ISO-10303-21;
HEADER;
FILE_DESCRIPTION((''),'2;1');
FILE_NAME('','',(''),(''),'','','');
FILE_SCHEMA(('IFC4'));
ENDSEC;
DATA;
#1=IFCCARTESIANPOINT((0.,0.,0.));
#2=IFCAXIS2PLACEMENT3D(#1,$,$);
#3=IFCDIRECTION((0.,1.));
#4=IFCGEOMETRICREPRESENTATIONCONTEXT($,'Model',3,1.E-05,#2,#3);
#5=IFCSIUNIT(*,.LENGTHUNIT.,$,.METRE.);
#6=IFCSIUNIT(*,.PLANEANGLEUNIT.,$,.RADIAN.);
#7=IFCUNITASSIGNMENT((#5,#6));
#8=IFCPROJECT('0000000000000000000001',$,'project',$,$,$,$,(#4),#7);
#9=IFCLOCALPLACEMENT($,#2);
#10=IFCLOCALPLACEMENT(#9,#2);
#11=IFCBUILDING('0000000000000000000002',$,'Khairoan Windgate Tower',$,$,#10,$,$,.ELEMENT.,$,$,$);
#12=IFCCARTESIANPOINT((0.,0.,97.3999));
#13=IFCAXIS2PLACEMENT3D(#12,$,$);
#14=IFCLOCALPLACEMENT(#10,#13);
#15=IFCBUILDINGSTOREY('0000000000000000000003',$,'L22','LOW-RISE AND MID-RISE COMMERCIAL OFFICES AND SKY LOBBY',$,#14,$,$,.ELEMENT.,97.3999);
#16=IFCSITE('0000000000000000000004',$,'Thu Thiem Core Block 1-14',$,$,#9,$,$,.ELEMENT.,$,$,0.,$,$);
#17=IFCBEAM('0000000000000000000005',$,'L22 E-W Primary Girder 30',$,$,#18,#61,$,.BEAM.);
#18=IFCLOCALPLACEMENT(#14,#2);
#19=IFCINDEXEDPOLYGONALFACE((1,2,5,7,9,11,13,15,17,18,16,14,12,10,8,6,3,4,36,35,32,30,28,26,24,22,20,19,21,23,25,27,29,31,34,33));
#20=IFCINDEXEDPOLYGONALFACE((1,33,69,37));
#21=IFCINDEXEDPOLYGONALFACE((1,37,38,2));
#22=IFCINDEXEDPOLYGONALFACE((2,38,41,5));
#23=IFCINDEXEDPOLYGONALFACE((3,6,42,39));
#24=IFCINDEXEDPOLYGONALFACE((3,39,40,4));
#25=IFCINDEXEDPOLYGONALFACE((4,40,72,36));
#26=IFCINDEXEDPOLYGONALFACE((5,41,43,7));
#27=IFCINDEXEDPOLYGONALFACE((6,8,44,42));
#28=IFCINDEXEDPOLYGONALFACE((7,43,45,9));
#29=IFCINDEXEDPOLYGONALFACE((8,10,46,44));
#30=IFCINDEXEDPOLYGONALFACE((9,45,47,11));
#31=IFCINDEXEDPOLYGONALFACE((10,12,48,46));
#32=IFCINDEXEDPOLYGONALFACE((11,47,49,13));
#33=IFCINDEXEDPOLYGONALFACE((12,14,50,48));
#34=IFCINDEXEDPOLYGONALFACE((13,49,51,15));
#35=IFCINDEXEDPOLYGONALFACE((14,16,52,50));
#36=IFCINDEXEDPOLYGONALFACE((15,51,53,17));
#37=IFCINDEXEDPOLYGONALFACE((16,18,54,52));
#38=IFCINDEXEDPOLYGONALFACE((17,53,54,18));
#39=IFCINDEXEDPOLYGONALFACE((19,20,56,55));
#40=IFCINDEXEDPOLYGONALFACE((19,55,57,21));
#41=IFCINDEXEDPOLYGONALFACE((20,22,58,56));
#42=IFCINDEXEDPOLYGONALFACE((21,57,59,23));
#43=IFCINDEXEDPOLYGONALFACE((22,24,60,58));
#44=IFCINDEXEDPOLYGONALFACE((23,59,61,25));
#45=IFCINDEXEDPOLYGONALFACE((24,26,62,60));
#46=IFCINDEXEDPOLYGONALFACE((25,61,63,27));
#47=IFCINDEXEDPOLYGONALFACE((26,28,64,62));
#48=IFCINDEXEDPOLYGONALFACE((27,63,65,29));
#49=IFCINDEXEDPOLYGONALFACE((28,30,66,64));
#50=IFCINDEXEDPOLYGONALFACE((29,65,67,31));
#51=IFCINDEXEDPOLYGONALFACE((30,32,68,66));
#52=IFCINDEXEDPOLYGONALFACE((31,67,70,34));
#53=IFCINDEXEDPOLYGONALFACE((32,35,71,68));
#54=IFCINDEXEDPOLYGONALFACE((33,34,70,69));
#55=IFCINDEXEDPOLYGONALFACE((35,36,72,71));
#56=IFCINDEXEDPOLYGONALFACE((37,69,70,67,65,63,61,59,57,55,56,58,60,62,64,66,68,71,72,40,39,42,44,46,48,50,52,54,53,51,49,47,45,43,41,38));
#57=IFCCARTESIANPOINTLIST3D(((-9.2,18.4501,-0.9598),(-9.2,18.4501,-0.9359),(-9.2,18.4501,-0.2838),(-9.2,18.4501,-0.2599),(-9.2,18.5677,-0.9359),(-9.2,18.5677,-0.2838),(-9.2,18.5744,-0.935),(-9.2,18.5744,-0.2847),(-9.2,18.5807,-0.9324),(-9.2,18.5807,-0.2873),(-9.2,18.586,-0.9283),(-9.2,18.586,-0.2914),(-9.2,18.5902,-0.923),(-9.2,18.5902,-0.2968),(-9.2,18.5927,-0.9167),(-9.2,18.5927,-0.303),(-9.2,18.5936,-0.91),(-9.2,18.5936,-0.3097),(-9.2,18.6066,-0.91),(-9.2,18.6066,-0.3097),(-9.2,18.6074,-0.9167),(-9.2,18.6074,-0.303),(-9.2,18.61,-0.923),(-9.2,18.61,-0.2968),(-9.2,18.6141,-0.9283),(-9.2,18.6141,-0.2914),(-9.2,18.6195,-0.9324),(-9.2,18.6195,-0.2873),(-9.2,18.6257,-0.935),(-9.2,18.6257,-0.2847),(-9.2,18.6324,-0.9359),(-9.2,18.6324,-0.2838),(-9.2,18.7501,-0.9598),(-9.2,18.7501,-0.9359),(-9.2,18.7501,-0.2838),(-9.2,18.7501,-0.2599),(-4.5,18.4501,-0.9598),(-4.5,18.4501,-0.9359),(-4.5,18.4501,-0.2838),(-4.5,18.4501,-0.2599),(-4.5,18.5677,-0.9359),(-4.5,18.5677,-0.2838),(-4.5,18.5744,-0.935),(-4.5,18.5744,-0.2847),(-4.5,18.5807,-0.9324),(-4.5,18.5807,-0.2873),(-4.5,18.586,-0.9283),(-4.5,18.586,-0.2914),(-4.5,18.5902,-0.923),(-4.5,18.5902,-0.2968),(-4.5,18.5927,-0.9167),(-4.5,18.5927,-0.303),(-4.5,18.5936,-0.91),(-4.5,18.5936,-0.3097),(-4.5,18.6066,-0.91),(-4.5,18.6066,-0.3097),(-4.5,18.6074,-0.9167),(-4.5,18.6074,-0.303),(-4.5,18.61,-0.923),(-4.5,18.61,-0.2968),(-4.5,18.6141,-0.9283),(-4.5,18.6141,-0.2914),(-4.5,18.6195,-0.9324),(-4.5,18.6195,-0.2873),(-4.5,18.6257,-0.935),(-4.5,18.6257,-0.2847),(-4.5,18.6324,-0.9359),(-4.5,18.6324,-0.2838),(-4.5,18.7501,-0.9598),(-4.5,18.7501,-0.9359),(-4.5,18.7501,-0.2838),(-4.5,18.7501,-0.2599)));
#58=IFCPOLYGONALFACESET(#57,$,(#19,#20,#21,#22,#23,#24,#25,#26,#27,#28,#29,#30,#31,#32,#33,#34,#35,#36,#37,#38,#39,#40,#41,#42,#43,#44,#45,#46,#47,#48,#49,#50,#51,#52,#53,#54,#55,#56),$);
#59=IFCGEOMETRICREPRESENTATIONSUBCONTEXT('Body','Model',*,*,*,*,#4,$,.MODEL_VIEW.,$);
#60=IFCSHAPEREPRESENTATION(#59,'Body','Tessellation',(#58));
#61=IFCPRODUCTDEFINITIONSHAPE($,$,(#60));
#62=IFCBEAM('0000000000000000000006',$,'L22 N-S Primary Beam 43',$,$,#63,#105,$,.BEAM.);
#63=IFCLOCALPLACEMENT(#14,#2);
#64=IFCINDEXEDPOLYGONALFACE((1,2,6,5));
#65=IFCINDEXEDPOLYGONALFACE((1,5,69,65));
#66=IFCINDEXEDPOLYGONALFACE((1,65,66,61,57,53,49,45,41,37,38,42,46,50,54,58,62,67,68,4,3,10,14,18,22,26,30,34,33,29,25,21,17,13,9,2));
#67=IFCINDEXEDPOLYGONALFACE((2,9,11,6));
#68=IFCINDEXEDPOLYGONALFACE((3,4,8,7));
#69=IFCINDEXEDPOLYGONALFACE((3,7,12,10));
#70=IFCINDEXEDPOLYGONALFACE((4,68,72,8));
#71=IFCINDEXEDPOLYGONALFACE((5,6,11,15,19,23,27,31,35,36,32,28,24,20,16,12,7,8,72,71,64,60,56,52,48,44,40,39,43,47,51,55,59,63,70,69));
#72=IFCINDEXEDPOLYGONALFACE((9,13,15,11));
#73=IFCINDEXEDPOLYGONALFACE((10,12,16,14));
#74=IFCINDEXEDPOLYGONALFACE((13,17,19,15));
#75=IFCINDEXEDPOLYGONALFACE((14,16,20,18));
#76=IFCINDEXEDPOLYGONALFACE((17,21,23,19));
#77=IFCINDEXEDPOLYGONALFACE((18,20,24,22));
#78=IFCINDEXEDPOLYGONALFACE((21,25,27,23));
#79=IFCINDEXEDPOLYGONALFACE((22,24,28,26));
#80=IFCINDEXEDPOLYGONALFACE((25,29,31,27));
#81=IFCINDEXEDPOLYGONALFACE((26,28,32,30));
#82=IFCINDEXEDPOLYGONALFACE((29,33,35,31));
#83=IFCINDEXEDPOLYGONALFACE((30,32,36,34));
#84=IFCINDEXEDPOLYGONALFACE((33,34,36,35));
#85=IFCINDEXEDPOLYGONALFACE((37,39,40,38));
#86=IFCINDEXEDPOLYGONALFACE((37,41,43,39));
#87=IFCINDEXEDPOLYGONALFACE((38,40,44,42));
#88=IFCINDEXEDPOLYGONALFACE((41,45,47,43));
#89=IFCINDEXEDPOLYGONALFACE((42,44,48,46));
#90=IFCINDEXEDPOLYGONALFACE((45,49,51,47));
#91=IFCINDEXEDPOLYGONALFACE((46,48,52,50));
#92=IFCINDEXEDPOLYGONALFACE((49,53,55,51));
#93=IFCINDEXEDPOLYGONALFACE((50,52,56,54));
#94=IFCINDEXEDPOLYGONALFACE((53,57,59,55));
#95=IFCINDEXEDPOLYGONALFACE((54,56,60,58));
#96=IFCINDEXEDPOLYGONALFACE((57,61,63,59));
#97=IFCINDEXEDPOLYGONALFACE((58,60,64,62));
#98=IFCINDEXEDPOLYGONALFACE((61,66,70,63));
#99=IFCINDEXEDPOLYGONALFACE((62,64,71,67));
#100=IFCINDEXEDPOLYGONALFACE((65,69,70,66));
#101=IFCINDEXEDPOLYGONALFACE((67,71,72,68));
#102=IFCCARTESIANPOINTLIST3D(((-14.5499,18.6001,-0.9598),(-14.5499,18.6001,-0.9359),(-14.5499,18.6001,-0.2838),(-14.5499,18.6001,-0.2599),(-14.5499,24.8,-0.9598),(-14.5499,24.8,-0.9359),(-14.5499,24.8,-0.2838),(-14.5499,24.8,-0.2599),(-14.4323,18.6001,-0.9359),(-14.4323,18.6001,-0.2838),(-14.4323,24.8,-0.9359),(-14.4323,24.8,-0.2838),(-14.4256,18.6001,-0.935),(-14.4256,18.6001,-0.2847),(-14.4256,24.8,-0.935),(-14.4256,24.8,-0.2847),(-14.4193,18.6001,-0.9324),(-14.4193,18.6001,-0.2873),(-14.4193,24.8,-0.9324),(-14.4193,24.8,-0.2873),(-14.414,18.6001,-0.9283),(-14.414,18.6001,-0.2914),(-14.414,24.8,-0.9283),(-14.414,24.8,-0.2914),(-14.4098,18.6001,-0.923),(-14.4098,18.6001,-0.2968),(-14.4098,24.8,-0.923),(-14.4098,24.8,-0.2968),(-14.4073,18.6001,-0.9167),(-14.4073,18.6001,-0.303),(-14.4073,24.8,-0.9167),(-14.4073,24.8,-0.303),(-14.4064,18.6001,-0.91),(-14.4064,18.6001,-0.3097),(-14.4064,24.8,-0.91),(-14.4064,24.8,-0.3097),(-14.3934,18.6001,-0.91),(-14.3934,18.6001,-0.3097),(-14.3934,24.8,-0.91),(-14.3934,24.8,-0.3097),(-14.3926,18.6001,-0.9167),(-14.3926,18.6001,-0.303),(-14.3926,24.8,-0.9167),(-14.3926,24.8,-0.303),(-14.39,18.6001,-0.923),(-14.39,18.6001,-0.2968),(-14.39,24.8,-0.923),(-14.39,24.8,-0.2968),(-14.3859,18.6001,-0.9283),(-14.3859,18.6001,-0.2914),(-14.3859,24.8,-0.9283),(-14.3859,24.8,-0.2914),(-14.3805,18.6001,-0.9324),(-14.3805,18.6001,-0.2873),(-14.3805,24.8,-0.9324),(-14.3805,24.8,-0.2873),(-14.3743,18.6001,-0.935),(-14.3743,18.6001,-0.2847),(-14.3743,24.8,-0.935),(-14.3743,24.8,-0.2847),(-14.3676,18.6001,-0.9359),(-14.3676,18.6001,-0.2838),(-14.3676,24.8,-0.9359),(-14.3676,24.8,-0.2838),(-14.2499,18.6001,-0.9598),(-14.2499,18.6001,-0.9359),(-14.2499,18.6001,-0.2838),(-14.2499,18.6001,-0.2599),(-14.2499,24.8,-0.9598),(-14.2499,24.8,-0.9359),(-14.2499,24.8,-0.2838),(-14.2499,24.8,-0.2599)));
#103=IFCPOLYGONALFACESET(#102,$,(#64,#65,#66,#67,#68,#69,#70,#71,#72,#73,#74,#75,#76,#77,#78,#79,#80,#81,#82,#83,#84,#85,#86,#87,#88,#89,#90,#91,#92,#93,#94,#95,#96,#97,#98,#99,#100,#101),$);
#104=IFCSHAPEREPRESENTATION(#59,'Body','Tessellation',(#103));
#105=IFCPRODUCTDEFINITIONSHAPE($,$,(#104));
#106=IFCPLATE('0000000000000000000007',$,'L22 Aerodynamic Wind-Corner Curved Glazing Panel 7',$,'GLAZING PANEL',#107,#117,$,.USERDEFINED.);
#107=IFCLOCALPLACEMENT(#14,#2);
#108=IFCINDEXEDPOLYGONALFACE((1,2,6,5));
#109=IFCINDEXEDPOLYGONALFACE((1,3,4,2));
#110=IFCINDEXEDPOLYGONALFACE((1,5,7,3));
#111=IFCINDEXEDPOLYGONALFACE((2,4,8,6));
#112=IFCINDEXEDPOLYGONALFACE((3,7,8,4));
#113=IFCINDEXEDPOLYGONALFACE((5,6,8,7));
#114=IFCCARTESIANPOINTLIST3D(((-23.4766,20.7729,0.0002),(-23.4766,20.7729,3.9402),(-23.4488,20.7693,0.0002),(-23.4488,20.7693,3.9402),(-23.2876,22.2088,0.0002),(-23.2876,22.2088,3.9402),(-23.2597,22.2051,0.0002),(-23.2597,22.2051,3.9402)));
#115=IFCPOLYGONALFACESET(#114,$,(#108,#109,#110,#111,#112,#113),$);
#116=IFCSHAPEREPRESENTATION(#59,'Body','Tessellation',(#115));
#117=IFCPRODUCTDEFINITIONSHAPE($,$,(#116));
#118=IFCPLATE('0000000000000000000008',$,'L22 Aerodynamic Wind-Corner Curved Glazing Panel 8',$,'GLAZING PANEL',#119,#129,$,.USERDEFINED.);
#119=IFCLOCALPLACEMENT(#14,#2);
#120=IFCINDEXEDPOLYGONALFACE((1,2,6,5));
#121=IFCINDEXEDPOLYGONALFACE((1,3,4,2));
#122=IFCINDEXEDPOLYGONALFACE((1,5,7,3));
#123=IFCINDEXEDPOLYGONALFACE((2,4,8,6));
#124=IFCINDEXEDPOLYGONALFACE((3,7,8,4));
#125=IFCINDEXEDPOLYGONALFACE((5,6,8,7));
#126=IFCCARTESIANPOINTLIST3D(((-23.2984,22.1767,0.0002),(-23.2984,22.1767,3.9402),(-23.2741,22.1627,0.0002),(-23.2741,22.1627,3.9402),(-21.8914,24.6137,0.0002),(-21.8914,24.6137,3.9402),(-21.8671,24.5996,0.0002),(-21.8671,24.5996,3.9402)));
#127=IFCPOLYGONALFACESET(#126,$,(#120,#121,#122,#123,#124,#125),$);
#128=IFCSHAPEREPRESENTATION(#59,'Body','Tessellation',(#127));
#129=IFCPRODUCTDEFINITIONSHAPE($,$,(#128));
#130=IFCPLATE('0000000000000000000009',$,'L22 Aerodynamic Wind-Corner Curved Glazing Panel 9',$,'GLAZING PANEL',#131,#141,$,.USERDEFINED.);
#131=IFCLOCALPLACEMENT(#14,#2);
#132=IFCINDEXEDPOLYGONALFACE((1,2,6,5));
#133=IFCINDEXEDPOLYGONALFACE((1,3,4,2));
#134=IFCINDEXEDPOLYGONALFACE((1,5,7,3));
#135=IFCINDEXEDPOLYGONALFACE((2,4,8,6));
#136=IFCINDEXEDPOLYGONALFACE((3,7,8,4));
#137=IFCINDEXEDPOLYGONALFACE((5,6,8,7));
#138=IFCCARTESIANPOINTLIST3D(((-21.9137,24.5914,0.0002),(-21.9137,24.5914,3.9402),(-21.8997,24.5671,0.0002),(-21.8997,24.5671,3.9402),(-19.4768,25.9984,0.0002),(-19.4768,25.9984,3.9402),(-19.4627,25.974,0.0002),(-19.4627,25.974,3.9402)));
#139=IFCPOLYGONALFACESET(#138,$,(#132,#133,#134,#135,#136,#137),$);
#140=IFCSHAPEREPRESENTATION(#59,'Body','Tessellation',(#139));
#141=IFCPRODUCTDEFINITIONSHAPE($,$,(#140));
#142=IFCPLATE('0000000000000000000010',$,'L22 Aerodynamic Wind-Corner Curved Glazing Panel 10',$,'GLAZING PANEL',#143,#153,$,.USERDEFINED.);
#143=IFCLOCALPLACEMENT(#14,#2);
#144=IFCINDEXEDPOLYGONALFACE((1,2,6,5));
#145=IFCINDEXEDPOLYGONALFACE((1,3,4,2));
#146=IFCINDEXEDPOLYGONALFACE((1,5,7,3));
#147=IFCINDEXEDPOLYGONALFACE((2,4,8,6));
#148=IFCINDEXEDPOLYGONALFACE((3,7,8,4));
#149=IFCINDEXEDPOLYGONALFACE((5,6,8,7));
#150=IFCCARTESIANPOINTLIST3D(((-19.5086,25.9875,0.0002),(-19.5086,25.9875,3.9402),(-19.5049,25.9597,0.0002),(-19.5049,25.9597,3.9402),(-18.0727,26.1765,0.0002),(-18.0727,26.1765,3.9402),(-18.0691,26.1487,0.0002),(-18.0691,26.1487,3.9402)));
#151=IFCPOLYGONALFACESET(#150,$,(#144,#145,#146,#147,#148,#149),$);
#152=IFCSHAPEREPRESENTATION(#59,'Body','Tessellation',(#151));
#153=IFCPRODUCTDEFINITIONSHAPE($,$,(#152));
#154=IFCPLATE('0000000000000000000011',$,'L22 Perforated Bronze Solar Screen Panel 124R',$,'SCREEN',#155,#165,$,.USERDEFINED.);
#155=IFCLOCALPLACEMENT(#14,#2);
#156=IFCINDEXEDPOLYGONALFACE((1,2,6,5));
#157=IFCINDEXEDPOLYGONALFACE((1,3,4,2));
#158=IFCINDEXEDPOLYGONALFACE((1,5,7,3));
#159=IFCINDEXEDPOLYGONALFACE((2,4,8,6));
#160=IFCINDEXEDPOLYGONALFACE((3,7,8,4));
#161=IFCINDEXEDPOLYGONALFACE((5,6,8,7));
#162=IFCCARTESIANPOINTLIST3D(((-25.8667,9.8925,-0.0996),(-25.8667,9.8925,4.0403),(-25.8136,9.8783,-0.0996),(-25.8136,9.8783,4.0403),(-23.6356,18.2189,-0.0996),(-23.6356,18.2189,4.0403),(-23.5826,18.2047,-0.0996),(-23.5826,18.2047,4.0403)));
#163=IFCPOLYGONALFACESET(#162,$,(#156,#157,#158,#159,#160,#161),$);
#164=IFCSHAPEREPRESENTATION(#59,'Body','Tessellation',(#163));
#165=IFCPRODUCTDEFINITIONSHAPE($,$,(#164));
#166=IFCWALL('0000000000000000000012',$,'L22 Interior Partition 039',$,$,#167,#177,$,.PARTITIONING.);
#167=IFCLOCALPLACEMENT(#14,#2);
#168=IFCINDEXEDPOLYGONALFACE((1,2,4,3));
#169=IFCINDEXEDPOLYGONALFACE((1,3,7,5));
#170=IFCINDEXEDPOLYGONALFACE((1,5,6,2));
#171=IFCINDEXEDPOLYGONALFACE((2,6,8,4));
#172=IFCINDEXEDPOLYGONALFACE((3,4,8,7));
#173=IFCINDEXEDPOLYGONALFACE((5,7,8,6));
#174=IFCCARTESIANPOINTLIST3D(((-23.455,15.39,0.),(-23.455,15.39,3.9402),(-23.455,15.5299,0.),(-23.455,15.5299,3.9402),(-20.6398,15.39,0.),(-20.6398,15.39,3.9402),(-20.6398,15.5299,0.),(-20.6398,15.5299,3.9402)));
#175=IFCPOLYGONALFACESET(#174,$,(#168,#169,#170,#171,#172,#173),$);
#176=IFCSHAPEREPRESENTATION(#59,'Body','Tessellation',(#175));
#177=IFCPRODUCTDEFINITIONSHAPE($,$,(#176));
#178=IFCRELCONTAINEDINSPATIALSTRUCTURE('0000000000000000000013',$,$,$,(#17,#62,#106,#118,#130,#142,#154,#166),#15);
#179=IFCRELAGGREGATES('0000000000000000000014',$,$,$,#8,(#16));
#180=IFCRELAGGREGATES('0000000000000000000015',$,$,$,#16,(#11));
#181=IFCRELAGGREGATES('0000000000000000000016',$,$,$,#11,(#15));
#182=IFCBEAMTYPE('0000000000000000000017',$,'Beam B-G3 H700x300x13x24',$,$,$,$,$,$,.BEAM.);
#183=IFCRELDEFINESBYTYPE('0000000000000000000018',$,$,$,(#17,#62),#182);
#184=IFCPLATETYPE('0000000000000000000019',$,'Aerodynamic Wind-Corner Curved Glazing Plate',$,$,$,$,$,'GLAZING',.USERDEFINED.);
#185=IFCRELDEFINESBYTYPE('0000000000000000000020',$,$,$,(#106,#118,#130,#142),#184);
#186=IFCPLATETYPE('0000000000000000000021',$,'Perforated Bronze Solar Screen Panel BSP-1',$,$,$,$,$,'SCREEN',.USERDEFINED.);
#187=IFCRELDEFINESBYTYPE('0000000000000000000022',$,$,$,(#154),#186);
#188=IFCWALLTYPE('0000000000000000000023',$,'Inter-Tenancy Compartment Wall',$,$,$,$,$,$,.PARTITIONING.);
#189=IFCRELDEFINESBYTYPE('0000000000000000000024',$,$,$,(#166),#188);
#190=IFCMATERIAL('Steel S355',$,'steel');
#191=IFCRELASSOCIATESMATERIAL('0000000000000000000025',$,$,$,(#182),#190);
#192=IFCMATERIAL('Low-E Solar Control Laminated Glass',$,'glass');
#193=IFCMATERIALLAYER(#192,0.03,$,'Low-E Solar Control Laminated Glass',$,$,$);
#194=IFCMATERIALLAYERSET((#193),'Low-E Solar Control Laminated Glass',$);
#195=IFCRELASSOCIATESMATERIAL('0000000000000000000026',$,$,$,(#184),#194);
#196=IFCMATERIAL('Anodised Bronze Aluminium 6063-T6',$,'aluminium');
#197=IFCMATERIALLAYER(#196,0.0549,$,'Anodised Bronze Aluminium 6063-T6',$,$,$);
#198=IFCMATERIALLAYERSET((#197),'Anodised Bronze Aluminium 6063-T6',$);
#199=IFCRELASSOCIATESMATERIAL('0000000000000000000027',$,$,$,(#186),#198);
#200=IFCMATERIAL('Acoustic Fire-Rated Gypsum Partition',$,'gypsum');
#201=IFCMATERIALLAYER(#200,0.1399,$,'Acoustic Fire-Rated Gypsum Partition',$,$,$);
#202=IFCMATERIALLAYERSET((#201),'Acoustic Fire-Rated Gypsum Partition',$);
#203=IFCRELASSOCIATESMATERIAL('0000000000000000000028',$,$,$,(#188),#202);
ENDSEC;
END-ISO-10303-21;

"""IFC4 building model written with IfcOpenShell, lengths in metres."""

from ifc_helpers import new_model, si_unit, direction, frame, frame_2d, origin, origin_2d, place, context, subcontext, project, spatial, rectangle, i_section, extrude, material, layer, layer_set, material_profile, profile_set, type_object, element, save


model = new_model("IFC4")

# Units and contexts
model_context = context("Model", 3, precision=1e-05, world=origin(), true_north=direction((0.0, 1.0)))
body_context = subcontext(model_context, "Body", "Model", "MODEL_VIEW")
ifc_project = project(units=[si_unit("LENGTHUNIT", "METRE"), si_unit("PLANEANGLEUNIT", "RADIAN")], contexts=[model_context])

# Site, building, storey
site_placement = place(None, origin())
site = spatial("IfcSite", under=ifc_project, at=site_placement, Name="Thu Thiem Core Block 1-14", CompositionType="ELEMENT", RefElevation=0.0)
building_placement = place(site_placement, origin())
building = spatial("IfcBuilding", under=site, at=building_placement, Name="Khairoan Windgate Tower", CompositionType="ELEMENT")
storey_placement = place(building_placement, frame((0.0, 0.0, 97.3999)))
storey = spatial("IfcBuildingStorey", under=building, at=storey_placement, Name="L22", Description="LOW-RISE AND MID-RISE COMMERCIAL OFFICES AND SKY LOBBY", CompositionType="ELEMENT", Elevation=97.3999)

# Beams
ifc_material_1 = material(Name="Steel S355", Category="steel")
ifc_material_profile_1 = material_profile(ifc_material_1, i_section(OverallWidth=0.3, OverallDepth=0.7, WebThickness=0.0129, FlangeThickness=0.0239, FilletRadius=0.0259, at=origin_2d()))
ifc_profile_set_1 = profile_set([ifc_material_profile_1], Name="Steel S355")
beam_type = type_object("IfcBeamType", Name="Beam B-G3 H700x300x13x24", PredefinedType="BEAM", material=ifc_profile_set_1)
beam_1_placement = place(storey_placement, frame((-9.2, 18.6001, -0.6099), z_axis=(1.0, 0.0, 0.0), x_axis=(0.0, 1.0, 0.0)))
element("IfcBeam", 1, at=beam_1_placement, inside=storey, type_object=beam_type, Name="L22 E-W Primary Girder 30", PredefinedType="BEAM", context=body_context, shape_type="SweptSolid", body=[
    extrude(i_section(OverallWidth=0.3, OverallDepth=0.7, WebThickness=0.0129, FlangeThickness=0.0239, FilletRadius=0.0259, at=origin_2d()), origin(), (0.0, 0.0, 1.0), 4.7),
])
beam_2_placement = place(storey_placement, frame((-14.3999, 18.6001, -0.6099), z_axis=(0.0, 1.0, 0.0), x_axis=(-1.0, 0.0, 0.0)))
element("IfcBeam", 2, at=beam_2_placement, inside=storey, type_object=beam_type, Name="L22 N-S Primary Beam 43", PredefinedType="BEAM", context=body_context, shape_type="SweptSolid", body=[
    extrude(i_section(OverallWidth=0.3, OverallDepth=0.7, WebThickness=0.0129, FlangeThickness=0.0239, FilletRadius=0.0259, at=origin_2d()), origin(), (0.0, 0.0, 1.0), 6.2),
])

# Plates
ifc_material_2 = material(Name="Low-E Solar Control Laminated Glass", Category="glass")
ifc_layer_1 = layer(ifc_material_2, 0.03, Name="Low-E Solar Control Laminated Glass")
ifc_layer_set_1 = layer_set([ifc_layer_1], Name="Low-E Solar Control Laminated Glass")
plate_type_1 = type_object("IfcPlateType", Name="Aerodynamic Wind-Corner Curved Glazing Plate", ElementType="GLAZING", PredefinedType="USERDEFINED", material=ifc_layer_set_1)
plate_1_placement = place(storey_placement, frame((-23.3682, 21.489, 0.0002), z_axis=(0.0, 0.0, 1.0), x_axis=(0.130526, 0.991445, 0.0)))
element("IfcPlate", 3, at=plate_1_placement, inside=storey, type_object=plate_type_1, Name="L22 Aerodynamic Wind-Corner Curved Glazing Panel 7", ObjectType="GLAZING PANEL", PredefinedType="USERDEFINED", context=body_context, shape_type="SweptSolid", body=[
    extrude(rectangle(XDim=1.4482, YDim=0.0281, at=origin_2d()), origin(), (0.0, 0.0, 1.0), 3.9399),
])
for number, where, z_axis, x_axis, name in (
    (4, (-22.5828, 23.3882, 0.0002), (0.0, 0.0, 1.0), (0.5, 0.866025, 0.0), "L22 Aerodynamic Wind-Corner Curved Glazing Panel 8"),
    (5, (-20.6882, 25.2827, 0.0002), (0.0, 0.0, 1.0), (0.866025, 0.5, 0.0), "L22 Aerodynamic Wind-Corner Curved Glazing Panel 9"),
):
    element("IfcPlate", number, at=place(storey_placement, frame(where, z_axis=z_axis, x_axis=x_axis)), inside=storey, type_object=plate_type_1, Name=name, ObjectType="GLAZING PANEL", PredefinedType="USERDEFINED", context=body_context, shape_type="SweptSolid", body=[
        extrude(rectangle(XDim=2.814, YDim=0.0281, at=origin_2d()), origin(), (0.0, 0.0, 1.0), 3.9399),
    ])
plate_2_placement = place(storey_placement, frame((-18.7888, 26.0681, 0.0002), z_axis=(0.0, 0.0, 1.0), x_axis=(0.991445, 0.130526, 0.0)))
element("IfcPlate", 6, at=plate_2_placement, inside=storey, type_object=plate_type_1, Name="L22 Aerodynamic Wind-Corner Curved Glazing Panel 10", ObjectType="GLAZING PANEL", PredefinedType="USERDEFINED", context=body_context, shape_type="SweptSolid", body=[
    extrude(rectangle(XDim=1.4482, YDim=0.0281, at=origin_2d()), origin(), (0.0, 0.0, 1.0), 3.9399),
])

# Plate
ifc_material_3 = material(Name="Anodised Bronze Aluminium 6063-T6", Category="aluminium")
ifc_layer_2 = layer(ifc_material_3, 0.0549, Name="Anodised Bronze Aluminium 6063-T6")
ifc_layer_set_2 = layer_set([ifc_layer_2], Name="Anodised Bronze Aluminium 6063-T6")
plate_type_2 = type_object("IfcPlateType", Name="Perforated Bronze Solar Screen Panel BSP-1", ElementType="SCREEN", PredefinedType="USERDEFINED", material=ifc_layer_set_2)
plate_3_placement = place(storey_placement, frame((-24.7246, 14.0486, -0.0996), z_axis=(0.0, 0.0, 1.0), x_axis=(0.258819, 0.965926, 0.0)))
element("IfcPlate", 7, at=plate_3_placement, inside=storey, type_object=plate_type_2, Name="L22 Perforated Bronze Solar Screen Panel 124R", ObjectType="SCREEN", PredefinedType="USERDEFINED", context=body_context, shape_type="SweptSolid", body=[
    extrude(rectangle(XDim=8.6201, YDim=0.0549, at=origin_2d()), origin(), (0.0, 0.0, 1.0), 4.1399),
])

# Wall
ifc_material_4 = material(Name="Acoustic Fire-Rated Gypsum Partition", Category="gypsum")
ifc_layer_3 = layer(ifc_material_4, 0.1399, Name="Acoustic Fire-Rated Gypsum Partition")
ifc_layer_set_3 = layer_set([ifc_layer_3], Name="Acoustic Fire-Rated Gypsum Partition")
wall_type_1 = type_object("IfcWallType", Name="Inter-Tenancy Compartment Wall", PredefinedType="PARTITIONING", material=ifc_layer_set_3)
wall_1_placement = place(storey_placement, frame((-23.4551, 15.46, 0.0), z_axis=(0.0, 0.0, 1.0), x_axis=(1.0, 0.0, 0.0)))
element("IfcWall", 8, at=wall_1_placement, inside=storey, type_object=wall_type_1, Name="L22 Interior Partition 039", PredefinedType="PARTITIONING", context=body_context, shape_type="SweptSolid", body=[
    extrude(rectangle(XDim=2.8152, YDim=0.1399, at=frame_2d((1.4077, 0.0))), origin(), (0.0, 0.0, 1.0), 3.9402),
])

save(model, "model.ifc")
